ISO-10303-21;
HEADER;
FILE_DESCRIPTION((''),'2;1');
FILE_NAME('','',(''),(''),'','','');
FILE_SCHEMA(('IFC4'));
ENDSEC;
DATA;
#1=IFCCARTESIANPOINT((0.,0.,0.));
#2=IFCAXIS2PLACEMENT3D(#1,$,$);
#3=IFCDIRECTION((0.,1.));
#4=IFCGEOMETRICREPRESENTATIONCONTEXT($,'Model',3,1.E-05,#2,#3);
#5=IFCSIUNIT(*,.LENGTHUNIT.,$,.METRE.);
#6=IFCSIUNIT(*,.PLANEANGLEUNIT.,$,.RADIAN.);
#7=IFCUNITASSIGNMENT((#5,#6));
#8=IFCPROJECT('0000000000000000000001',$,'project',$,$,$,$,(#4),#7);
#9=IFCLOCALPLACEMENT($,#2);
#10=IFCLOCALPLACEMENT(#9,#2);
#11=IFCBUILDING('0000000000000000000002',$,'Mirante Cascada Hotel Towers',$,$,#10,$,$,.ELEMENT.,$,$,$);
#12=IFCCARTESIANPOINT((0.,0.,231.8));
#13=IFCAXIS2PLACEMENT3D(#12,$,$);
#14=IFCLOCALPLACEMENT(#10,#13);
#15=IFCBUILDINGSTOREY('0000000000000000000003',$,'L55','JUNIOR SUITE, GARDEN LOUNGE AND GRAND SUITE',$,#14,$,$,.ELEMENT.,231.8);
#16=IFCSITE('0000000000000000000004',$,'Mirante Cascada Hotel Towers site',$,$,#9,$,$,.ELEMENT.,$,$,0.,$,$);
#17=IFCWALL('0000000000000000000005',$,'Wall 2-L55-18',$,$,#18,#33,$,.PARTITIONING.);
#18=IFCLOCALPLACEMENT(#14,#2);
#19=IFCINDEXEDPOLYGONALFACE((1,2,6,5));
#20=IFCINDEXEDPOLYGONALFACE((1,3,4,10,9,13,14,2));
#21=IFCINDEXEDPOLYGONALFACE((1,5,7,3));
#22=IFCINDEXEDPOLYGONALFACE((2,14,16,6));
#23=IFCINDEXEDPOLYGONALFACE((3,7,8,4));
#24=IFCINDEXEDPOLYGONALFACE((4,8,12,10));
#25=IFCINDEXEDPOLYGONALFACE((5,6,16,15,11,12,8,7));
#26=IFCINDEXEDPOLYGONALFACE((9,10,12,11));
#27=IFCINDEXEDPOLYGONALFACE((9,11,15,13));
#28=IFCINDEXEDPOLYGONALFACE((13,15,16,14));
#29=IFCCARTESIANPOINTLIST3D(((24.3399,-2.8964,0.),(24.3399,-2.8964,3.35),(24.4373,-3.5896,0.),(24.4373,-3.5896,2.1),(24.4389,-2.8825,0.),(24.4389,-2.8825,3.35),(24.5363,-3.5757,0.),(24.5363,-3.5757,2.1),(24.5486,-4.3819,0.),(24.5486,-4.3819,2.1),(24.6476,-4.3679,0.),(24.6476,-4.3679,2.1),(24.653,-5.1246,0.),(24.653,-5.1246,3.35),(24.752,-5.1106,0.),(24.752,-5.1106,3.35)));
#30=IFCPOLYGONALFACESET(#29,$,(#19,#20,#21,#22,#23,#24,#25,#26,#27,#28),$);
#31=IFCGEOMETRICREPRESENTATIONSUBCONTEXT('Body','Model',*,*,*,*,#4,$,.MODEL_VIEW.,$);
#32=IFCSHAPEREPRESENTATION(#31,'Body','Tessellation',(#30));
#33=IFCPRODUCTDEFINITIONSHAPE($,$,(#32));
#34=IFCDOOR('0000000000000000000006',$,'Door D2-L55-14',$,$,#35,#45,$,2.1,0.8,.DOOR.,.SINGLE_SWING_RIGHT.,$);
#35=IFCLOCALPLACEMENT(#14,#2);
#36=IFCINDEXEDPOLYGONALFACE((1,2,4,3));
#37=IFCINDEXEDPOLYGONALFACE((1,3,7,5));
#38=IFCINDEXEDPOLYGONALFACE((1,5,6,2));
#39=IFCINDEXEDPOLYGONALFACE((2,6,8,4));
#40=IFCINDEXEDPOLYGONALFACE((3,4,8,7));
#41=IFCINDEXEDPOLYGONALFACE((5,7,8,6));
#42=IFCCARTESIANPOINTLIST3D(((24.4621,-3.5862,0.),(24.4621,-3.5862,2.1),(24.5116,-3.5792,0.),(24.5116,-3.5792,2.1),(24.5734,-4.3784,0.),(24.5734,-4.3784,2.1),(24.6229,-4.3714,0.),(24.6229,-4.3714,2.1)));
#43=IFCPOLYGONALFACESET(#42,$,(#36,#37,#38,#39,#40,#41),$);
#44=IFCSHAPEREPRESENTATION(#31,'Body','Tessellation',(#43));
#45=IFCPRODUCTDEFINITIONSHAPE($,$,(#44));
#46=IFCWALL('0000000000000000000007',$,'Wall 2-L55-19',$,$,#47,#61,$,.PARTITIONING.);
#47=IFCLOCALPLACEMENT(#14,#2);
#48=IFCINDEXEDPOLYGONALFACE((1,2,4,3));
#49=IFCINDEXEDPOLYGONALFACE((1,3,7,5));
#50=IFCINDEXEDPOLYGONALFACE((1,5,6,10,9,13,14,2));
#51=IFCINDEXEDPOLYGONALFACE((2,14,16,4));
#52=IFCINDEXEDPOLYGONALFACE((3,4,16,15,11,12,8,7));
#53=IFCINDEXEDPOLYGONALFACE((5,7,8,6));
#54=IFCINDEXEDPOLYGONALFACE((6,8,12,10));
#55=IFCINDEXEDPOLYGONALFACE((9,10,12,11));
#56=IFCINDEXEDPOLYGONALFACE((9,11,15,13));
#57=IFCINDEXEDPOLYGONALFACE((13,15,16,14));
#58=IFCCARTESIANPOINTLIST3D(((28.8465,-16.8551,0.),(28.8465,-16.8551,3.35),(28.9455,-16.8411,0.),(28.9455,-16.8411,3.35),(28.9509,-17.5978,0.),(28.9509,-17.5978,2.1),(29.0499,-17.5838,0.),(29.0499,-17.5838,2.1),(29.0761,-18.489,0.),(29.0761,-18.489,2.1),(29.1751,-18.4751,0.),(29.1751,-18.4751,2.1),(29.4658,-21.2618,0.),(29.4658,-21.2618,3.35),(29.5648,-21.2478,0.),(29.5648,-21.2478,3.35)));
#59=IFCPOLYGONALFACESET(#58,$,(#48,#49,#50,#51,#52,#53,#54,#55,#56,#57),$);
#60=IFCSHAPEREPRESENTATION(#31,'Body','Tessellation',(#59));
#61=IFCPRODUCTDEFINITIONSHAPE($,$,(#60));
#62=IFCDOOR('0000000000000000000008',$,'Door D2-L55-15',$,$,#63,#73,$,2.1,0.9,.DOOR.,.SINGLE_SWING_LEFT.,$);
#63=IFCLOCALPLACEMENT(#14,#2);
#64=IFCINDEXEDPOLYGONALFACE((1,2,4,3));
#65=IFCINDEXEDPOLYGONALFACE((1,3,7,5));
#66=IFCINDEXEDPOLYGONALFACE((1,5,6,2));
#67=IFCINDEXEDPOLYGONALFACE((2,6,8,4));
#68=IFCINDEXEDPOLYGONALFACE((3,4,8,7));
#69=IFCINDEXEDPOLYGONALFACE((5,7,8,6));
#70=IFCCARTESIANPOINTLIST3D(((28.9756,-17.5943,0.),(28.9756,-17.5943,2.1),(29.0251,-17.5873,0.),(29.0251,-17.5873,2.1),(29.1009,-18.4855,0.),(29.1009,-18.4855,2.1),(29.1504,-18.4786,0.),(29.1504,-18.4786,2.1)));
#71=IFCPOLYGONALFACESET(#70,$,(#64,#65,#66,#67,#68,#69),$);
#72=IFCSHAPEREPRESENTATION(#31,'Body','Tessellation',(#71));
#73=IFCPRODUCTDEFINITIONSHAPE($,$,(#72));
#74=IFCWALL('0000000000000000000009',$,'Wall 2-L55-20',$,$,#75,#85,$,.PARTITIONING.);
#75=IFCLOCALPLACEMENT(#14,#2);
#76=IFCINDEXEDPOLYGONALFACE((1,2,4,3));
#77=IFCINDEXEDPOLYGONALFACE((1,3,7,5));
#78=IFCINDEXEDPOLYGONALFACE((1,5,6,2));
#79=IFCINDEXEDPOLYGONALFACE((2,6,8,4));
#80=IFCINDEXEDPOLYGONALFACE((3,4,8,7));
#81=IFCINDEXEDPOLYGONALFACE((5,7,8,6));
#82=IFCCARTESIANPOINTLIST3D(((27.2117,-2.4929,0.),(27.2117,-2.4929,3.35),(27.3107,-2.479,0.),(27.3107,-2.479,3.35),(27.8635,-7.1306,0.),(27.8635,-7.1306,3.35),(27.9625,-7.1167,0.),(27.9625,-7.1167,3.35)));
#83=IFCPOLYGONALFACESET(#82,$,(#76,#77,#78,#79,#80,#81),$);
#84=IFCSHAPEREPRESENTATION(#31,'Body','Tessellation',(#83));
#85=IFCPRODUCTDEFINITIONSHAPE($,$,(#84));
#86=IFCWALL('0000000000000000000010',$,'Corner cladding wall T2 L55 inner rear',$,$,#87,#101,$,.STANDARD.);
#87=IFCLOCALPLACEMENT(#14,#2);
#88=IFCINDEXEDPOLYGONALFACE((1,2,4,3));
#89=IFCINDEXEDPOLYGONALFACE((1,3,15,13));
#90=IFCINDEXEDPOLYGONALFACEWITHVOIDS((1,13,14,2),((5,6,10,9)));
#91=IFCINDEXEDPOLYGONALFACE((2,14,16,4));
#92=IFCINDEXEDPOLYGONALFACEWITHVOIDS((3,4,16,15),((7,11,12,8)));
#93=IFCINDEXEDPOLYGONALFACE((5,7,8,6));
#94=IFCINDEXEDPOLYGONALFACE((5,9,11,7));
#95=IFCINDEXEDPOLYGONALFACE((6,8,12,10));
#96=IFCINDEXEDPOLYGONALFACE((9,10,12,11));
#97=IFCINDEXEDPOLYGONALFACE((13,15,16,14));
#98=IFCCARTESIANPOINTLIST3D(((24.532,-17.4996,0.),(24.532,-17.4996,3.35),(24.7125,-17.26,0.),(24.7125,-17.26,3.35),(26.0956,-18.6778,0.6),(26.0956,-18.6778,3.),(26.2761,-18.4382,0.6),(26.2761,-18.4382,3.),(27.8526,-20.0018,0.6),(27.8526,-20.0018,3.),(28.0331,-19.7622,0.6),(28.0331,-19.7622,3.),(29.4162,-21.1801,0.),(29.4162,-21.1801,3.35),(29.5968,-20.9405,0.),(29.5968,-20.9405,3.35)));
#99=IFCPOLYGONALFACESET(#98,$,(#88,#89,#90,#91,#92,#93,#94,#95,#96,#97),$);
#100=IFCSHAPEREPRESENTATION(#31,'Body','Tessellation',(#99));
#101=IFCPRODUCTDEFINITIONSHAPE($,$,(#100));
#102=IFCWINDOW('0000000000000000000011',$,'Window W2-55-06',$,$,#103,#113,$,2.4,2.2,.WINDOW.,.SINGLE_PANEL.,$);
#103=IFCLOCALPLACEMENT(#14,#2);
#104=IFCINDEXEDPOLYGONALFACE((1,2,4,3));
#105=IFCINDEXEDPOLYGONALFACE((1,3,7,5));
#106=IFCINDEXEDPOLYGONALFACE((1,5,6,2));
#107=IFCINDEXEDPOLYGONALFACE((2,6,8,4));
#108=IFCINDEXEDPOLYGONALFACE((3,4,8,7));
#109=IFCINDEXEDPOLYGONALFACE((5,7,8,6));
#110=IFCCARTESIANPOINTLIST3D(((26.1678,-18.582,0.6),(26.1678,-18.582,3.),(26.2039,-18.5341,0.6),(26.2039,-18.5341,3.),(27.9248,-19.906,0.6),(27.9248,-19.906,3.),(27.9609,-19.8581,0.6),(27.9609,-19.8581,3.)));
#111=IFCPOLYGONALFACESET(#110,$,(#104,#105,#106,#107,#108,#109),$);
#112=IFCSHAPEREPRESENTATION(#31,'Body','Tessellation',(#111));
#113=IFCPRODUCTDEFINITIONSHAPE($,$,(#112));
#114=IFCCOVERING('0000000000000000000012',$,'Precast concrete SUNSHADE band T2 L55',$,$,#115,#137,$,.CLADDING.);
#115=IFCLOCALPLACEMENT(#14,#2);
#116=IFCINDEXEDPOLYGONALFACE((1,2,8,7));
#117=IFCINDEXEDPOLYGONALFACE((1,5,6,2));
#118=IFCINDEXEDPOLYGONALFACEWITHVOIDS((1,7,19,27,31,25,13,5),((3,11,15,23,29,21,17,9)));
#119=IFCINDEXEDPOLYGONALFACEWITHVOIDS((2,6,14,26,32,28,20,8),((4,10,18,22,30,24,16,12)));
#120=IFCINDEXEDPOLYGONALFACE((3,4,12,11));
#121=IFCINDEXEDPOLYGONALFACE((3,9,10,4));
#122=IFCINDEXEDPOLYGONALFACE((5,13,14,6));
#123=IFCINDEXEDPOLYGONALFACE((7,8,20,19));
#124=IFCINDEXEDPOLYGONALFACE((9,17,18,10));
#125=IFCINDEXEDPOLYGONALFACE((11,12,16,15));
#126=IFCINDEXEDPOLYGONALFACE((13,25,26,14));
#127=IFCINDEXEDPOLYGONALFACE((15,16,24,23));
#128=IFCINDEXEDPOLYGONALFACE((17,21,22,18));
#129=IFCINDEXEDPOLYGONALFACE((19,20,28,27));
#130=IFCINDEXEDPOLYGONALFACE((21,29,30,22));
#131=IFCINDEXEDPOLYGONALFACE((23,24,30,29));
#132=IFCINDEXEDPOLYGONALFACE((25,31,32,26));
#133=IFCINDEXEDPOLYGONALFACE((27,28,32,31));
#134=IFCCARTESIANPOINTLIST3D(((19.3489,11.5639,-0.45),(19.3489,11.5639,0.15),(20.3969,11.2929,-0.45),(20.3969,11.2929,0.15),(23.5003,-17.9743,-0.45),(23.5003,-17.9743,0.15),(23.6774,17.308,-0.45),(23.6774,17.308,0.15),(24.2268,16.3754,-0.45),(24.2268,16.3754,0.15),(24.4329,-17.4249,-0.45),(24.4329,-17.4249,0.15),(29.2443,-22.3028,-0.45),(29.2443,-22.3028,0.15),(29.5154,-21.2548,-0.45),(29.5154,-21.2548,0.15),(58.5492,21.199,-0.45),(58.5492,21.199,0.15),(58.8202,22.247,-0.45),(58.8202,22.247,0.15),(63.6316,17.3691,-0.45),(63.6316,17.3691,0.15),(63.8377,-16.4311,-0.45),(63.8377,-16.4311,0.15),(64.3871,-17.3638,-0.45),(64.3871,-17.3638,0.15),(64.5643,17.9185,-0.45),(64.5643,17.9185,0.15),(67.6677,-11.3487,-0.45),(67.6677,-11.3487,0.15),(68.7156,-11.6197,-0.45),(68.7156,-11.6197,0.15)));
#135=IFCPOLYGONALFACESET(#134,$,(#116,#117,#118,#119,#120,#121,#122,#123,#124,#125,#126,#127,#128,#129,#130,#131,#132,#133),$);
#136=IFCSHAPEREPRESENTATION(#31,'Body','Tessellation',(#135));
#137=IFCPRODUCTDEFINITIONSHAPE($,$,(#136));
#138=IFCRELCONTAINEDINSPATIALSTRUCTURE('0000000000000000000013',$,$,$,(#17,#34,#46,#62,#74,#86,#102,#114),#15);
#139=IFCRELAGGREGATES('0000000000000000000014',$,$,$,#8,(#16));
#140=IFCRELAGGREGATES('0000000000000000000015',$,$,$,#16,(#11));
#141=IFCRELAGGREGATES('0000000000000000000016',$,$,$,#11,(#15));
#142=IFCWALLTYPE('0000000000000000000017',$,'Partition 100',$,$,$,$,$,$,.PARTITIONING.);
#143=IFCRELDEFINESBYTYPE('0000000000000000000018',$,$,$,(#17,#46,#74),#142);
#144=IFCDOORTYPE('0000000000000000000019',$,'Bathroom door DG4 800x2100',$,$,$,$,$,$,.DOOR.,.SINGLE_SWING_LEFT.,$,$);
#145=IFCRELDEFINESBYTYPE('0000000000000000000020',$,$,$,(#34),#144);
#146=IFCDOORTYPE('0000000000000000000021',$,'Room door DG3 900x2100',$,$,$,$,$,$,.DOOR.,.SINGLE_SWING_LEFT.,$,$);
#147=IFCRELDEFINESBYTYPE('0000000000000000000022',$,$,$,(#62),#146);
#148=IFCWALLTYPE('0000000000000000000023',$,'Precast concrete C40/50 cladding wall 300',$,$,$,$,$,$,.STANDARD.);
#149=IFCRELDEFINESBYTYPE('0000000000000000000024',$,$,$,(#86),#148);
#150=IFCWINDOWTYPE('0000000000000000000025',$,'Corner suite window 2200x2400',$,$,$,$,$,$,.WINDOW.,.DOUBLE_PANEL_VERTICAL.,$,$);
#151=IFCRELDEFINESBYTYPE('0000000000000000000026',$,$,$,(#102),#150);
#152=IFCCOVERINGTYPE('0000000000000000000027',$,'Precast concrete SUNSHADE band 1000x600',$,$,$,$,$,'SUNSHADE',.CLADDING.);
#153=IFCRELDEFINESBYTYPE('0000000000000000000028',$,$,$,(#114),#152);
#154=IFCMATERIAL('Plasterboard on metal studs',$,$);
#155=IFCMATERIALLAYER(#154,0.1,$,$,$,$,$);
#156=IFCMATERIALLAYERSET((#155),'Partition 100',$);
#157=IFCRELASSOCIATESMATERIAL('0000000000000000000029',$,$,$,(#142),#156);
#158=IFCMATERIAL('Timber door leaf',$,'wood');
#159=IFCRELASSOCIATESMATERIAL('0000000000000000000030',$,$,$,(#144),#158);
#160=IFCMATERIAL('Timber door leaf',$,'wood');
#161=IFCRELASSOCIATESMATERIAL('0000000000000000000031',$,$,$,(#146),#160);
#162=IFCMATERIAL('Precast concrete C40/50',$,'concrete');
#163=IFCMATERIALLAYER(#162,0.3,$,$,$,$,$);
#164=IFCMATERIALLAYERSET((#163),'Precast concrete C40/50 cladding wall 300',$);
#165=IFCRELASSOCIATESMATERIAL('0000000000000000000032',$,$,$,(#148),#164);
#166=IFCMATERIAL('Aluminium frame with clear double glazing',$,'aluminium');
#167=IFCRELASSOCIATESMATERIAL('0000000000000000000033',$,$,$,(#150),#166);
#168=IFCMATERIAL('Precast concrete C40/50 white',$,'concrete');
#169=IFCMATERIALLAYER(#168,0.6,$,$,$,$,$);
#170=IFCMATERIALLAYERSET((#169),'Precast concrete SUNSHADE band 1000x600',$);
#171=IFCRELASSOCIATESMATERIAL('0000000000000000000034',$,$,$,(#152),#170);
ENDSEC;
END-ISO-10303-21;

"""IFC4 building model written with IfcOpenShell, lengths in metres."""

from ifc_helpers import new_model, si_unit, direction, frame, frame_2d, origin, place, context, subcontext, project, spatial, polyline, rectangle, outline, extrude, material, layer, layer_set, type_object, element, fill, save


model = new_model("IFC4")

# Units and contexts
model_context = context("Model", 3, precision=1e-05, world=origin(), true_north=direction((0.0, 1.0)))
body_context = subcontext(model_context, "Body", "Model", "MODEL_VIEW")
ifc_project = project(units=[si_unit("LENGTHUNIT", "METRE"), si_unit("PLANEANGLEUNIT", "RADIAN")], contexts=[model_context])

# Site, building, storey
site_placement = place(None, origin())
site = spatial("IfcSite", under=ifc_project, at=site_placement, Name="Mirante Cascada Hotel Towers site", CompositionType="ELEMENT", RefElevation=0.0)
building_placement = place(site_placement, origin())
building = spatial("IfcBuilding", under=site, at=building_placement, Name="Mirante Cascada Hotel Towers", CompositionType="ELEMENT")
storey_placement = place(building_placement, frame((0.0, 0.0, 231.8)))
storey = spatial("IfcBuildingStorey", under=building, at=storey_placement, Name="L55", Description="JUNIOR SUITE, GARDEN LOUNGE AND GRAND SUITE", CompositionType="ELEMENT", Elevation=231.8)

# Shared definitions
ifc_material_1 = material(Name="Plasterboard on metal studs")
ifc_layer_1 = layer(ifc_material_1, 0.1)
ifc_layer_set_1 = layer_set([ifc_layer_1], Name="Partition 100")
wall_type_1 = type_object("IfcWallType", Name="Partition 100", PredefinedType="PARTITIONING", material=ifc_layer_set_1)

# Walls, openings, doors
wall_1_placement = place(storey_placement, frame((24.7025, -5.1176, 0.0), z_axis=(0.0, 0.0, 1.0), x_axis=(-0.139156, 0.990271, 0.0)))
wall_1 = element("IfcWall", 1, at=wall_1_placement, inside=storey, type_object=wall_type_1, Name="Wall 2-L55-18", PredefinedType="PARTITIONING", context=body_context, shape_type="SweptSolid", body=[
    extrude(rectangle(XDim=2.25, YDim=0.1, at=frame_2d((1.125, 0.0))), origin(), (0.0, 0.0, 1.0), 3.35),
])
opening_1_placement = place(wall_1_placement, frame((0.75, 0.0, 0.0)))
opening_1 = element("IfcOpeningElement", 2, at=opening_1_placement, cuts=wall_1, PredefinedType="OPENING", context=body_context, shape_type="SweptSolid", body=[
    extrude(rectangle(XDim=0.8, YDim=2.1, at=frame_2d((0.4, 1.05))), frame((0.0, 0.05, 0.0), z_axis=(0.0, -1.0, 0.0), x_axis=(1.0, 0.0, 0.0)), (0.0, 0.0, 1.0), 0.1),
])
ifc_material_2 = material(Name="Timber door leaf", Category="wood")
door_type_1 = type_object("IfcDoorType", Name="Bathroom door DG4 800x2100", OperationType="SINGLE_SWING_LEFT", PredefinedType="DOOR", material=ifc_material_2)
door_1_placement = place(opening_1_placement, frame((0.8, 0.0, 0.0), z_axis=(0.0, 0.0, 1.0), x_axis=(-1.0, 0.0, 0.0)))
door_1 = element("IfcDoor", 3, at=door_1_placement, inside=storey, type_object=door_type_1, Name="Door D2-L55-14", OperationType="SINGLE_SWING_RIGHT", OverallHeight=2.1, OverallWidth=0.8, PredefinedType="DOOR", context=body_context, shape_type="SweptSolid", body=[
    extrude(rectangle(XDim=0.8, YDim=2.1, at=frame_2d((0.4, 1.05))), frame((0.0, 0.025, 0.0), z_axis=(0.0, -1.0, 0.0), x_axis=(1.0, 0.0, 0.0)), (0.0, 0.0, 1.0), 0.05),
])
fill(opening_1, door_1)
wall_2_placement = place(storey_placement, frame((28.896, -16.8481, 0.0), z_axis=(0.0, 0.0, 1.0), x_axis=(0.139168, -0.990269, 0.0)))
wall_2 = element("IfcWall", 4, at=wall_2_placement, inside=storey, type_object=wall_type_1, Name="Wall 2-L55-19", PredefinedType="PARTITIONING", context=body_context, shape_type="SweptSolid", body=[
    extrude(rectangle(XDim=4.45, YDim=0.1, at=frame_2d((2.225, 0.0))), origin(), (0.0, 0.0, 1.0), 3.35),
])
opening_2_placement = place(wall_2_placement, frame((0.75, 0.0, 0.0)))
opening_2 = element("IfcOpeningElement", 5, at=opening_2_placement, cuts=wall_2, PredefinedType="OPENING", context=body_context, shape_type="SweptSolid", body=[
    extrude(rectangle(XDim=0.9, YDim=2.1, at=frame_2d((0.45, 1.05))), frame((0.0, 0.05, 0.0), z_axis=(0.0, -1.0, 0.0), x_axis=(1.0, 0.0, 0.0)), (0.0, 0.0, 1.0), 0.1),
])
ifc_material_3 = material(Name="Timber door leaf", Category="wood")
door_type_2 = type_object("IfcDoorType", Name="Room door DG3 900x2100", OperationType="SINGLE_SWING_LEFT", PredefinedType="DOOR", material=ifc_material_3)
door_2_placement = place(opening_2_placement, origin())
door_2 = element("IfcDoor", 6, at=door_2_placement, inside=storey, type_object=door_type_2, Name="Door D2-L55-15", OperationType="SINGLE_SWING_LEFT", OverallHeight=2.1, OverallWidth=0.9, PredefinedType="DOOR", context=body_context, shape_type="SweptSolid", body=[
    extrude(rectangle(XDim=0.9, YDim=2.1, at=frame_2d((0.45, 1.05))), frame((0.0, 0.025, 0.0), z_axis=(0.0, -1.0, 0.0), x_axis=(1.0, 0.0, 0.0)), (0.0, 0.0, 1.0), 0.05),
])
fill(opening_2, door_2)

# Wall
wall_3_placement = place(storey_placement, frame((27.913, -7.1236, 0.0), z_axis=(0.0, 0.0, 1.0), x_axis=(-0.139176, 0.990268, 0.0)))
element("IfcWall", 7, at=wall_3_placement, inside=storey, type_object=wall_type_1, Name="Wall 2-L55-20", PredefinedType="PARTITIONING", context=body_context, shape_type="SweptSolid", body=[
    extrude(rectangle(XDim=4.6833, YDim=0.1, at=frame_2d((2.3416, 0.0))), origin(), (0.0, 0.0, 1.0), 3.35),
])

# Wall, opening, window
ifc_material_4 = material(Name="Precast concrete C40/50", Category="concrete")
ifc_layer_2 = layer(ifc_material_4, 0.3)
ifc_layer_set_2 = layer_set([ifc_layer_2], Name="Precast concrete C40/50 cladding wall 300")
wall_type_2 = type_object("IfcWallType", Name="Precast concrete C40/50 cladding wall 300", PredefinedType="STANDARD", material=ifc_layer_set_2)
wall_4_placement = place(storey_placement, frame((24.6223, -17.3798, 0.0), z_axis=(0.0, 0.0, 1.0), x_axis=(0.798636, -0.601814, 0.0)))
wall_4 = element("IfcWall", 8, at=wall_4_placement, inside=storey, type_object=wall_type_2, Name="Corner cladding wall T2 L55 inner rear", PredefinedType="STANDARD", context=body_context, shape_type="SweptSolid", body=[
    extrude(rectangle(XDim=6.1157, YDim=0.3, at=frame_2d((3.0578, 0.0))), origin(), (0.0, 0.0, 1.0), 3.35),
])
opening_3_placement = place(wall_4_placement, frame((1.9578, 0.0, 0.6)))
opening_3 = element("IfcOpeningElement", 9, at=opening_3_placement, cuts=wall_4, PredefinedType="OPENING", context=body_context, shape_type="SweptSolid", body=[
    extrude(rectangle(XDim=2.2, YDim=2.4, at=frame_2d((1.1, 1.2))), frame((0.0, 0.15, 0.0), z_axis=(0.0, -1.0, 0.0), x_axis=(1.0, 0.0, 0.0)), (0.0, 0.0, 1.0), 0.3),
])
ifc_material_5 = material(Name="Aluminium frame with clear double glazing", Category="aluminium")
window_type = type_object("IfcWindowType", Name="Corner suite window 2200x2400", PartitioningType="DOUBLE_PANEL_VERTICAL", PredefinedType="WINDOW", material=ifc_material_5)
window_placement = place(opening_3_placement, origin())
window = element("IfcWindow", 10, at=window_placement, inside=storey, type_object=window_type, Name="Window W2-55-06", OverallHeight=2.4, OverallWidth=2.2, PartitioningType="SINGLE_PANEL", PredefinedType="WINDOW", context=body_context, shape_type="SweptSolid", body=[
    extrude(rectangle(XDim=2.2, YDim=2.4, at=frame_2d((1.1, 1.2))), frame((0.0, 0.03, 0.0), z_axis=(0.0, -1.0, 0.0), x_axis=(1.0, 0.0, 0.0)), (0.0, 0.0, 1.0), 0.06),
])
fill(opening_3, window)

# Covering
ifc_material_6 = material(Name="Precast concrete C40/50 white", Category="concrete")
ifc_layer_3 = layer(ifc_material_6, 0.6)
ifc_layer_set_3 = layer_set([ifc_layer_3], Name="Precast concrete SUNSHADE band 1000x600")
covering_type = type_object("IfcCoveringType", Name="Precast concrete SUNSHADE band 1000x600", ElementType="SUNSHADE", PredefinedType="CLADDING", material=ifc_layer_set_3)
covering_placement = place(storey_placement, frame((0.0, 0.0, -0.45)))
element("IfcCovering", 11, at=covering_placement, inside=storey, type_object=covering_type, Name="Precast concrete SUNSHADE band T2 L55", PredefinedType="CLADDING", context=body_context, shape_type="SweptSolid", body=[
    extrude(outline(polyline([(19.3489, 11.5639), (23.6774, 17.308), (58.8202, 22.247), (64.5643, 17.9185), (68.7156, -11.6197), (64.3871, -17.3638), (29.2443, -22.3028), (23.5003, -17.9743), (19.3489, 11.5639)]), holes=[polyline([(67.6677, -11.3487), (63.6316, 17.3691), (58.5492, 21.199), (24.2268, 16.3754), (20.3969, 11.2929), (24.4329, -17.4249), (29.5154, -21.2548), (63.8377, -16.4311), (67.6677, -11.3487)])]), origin(), (0.0, 0.0, 1.0), 0.6),
])

save(model, "model.ifc")
